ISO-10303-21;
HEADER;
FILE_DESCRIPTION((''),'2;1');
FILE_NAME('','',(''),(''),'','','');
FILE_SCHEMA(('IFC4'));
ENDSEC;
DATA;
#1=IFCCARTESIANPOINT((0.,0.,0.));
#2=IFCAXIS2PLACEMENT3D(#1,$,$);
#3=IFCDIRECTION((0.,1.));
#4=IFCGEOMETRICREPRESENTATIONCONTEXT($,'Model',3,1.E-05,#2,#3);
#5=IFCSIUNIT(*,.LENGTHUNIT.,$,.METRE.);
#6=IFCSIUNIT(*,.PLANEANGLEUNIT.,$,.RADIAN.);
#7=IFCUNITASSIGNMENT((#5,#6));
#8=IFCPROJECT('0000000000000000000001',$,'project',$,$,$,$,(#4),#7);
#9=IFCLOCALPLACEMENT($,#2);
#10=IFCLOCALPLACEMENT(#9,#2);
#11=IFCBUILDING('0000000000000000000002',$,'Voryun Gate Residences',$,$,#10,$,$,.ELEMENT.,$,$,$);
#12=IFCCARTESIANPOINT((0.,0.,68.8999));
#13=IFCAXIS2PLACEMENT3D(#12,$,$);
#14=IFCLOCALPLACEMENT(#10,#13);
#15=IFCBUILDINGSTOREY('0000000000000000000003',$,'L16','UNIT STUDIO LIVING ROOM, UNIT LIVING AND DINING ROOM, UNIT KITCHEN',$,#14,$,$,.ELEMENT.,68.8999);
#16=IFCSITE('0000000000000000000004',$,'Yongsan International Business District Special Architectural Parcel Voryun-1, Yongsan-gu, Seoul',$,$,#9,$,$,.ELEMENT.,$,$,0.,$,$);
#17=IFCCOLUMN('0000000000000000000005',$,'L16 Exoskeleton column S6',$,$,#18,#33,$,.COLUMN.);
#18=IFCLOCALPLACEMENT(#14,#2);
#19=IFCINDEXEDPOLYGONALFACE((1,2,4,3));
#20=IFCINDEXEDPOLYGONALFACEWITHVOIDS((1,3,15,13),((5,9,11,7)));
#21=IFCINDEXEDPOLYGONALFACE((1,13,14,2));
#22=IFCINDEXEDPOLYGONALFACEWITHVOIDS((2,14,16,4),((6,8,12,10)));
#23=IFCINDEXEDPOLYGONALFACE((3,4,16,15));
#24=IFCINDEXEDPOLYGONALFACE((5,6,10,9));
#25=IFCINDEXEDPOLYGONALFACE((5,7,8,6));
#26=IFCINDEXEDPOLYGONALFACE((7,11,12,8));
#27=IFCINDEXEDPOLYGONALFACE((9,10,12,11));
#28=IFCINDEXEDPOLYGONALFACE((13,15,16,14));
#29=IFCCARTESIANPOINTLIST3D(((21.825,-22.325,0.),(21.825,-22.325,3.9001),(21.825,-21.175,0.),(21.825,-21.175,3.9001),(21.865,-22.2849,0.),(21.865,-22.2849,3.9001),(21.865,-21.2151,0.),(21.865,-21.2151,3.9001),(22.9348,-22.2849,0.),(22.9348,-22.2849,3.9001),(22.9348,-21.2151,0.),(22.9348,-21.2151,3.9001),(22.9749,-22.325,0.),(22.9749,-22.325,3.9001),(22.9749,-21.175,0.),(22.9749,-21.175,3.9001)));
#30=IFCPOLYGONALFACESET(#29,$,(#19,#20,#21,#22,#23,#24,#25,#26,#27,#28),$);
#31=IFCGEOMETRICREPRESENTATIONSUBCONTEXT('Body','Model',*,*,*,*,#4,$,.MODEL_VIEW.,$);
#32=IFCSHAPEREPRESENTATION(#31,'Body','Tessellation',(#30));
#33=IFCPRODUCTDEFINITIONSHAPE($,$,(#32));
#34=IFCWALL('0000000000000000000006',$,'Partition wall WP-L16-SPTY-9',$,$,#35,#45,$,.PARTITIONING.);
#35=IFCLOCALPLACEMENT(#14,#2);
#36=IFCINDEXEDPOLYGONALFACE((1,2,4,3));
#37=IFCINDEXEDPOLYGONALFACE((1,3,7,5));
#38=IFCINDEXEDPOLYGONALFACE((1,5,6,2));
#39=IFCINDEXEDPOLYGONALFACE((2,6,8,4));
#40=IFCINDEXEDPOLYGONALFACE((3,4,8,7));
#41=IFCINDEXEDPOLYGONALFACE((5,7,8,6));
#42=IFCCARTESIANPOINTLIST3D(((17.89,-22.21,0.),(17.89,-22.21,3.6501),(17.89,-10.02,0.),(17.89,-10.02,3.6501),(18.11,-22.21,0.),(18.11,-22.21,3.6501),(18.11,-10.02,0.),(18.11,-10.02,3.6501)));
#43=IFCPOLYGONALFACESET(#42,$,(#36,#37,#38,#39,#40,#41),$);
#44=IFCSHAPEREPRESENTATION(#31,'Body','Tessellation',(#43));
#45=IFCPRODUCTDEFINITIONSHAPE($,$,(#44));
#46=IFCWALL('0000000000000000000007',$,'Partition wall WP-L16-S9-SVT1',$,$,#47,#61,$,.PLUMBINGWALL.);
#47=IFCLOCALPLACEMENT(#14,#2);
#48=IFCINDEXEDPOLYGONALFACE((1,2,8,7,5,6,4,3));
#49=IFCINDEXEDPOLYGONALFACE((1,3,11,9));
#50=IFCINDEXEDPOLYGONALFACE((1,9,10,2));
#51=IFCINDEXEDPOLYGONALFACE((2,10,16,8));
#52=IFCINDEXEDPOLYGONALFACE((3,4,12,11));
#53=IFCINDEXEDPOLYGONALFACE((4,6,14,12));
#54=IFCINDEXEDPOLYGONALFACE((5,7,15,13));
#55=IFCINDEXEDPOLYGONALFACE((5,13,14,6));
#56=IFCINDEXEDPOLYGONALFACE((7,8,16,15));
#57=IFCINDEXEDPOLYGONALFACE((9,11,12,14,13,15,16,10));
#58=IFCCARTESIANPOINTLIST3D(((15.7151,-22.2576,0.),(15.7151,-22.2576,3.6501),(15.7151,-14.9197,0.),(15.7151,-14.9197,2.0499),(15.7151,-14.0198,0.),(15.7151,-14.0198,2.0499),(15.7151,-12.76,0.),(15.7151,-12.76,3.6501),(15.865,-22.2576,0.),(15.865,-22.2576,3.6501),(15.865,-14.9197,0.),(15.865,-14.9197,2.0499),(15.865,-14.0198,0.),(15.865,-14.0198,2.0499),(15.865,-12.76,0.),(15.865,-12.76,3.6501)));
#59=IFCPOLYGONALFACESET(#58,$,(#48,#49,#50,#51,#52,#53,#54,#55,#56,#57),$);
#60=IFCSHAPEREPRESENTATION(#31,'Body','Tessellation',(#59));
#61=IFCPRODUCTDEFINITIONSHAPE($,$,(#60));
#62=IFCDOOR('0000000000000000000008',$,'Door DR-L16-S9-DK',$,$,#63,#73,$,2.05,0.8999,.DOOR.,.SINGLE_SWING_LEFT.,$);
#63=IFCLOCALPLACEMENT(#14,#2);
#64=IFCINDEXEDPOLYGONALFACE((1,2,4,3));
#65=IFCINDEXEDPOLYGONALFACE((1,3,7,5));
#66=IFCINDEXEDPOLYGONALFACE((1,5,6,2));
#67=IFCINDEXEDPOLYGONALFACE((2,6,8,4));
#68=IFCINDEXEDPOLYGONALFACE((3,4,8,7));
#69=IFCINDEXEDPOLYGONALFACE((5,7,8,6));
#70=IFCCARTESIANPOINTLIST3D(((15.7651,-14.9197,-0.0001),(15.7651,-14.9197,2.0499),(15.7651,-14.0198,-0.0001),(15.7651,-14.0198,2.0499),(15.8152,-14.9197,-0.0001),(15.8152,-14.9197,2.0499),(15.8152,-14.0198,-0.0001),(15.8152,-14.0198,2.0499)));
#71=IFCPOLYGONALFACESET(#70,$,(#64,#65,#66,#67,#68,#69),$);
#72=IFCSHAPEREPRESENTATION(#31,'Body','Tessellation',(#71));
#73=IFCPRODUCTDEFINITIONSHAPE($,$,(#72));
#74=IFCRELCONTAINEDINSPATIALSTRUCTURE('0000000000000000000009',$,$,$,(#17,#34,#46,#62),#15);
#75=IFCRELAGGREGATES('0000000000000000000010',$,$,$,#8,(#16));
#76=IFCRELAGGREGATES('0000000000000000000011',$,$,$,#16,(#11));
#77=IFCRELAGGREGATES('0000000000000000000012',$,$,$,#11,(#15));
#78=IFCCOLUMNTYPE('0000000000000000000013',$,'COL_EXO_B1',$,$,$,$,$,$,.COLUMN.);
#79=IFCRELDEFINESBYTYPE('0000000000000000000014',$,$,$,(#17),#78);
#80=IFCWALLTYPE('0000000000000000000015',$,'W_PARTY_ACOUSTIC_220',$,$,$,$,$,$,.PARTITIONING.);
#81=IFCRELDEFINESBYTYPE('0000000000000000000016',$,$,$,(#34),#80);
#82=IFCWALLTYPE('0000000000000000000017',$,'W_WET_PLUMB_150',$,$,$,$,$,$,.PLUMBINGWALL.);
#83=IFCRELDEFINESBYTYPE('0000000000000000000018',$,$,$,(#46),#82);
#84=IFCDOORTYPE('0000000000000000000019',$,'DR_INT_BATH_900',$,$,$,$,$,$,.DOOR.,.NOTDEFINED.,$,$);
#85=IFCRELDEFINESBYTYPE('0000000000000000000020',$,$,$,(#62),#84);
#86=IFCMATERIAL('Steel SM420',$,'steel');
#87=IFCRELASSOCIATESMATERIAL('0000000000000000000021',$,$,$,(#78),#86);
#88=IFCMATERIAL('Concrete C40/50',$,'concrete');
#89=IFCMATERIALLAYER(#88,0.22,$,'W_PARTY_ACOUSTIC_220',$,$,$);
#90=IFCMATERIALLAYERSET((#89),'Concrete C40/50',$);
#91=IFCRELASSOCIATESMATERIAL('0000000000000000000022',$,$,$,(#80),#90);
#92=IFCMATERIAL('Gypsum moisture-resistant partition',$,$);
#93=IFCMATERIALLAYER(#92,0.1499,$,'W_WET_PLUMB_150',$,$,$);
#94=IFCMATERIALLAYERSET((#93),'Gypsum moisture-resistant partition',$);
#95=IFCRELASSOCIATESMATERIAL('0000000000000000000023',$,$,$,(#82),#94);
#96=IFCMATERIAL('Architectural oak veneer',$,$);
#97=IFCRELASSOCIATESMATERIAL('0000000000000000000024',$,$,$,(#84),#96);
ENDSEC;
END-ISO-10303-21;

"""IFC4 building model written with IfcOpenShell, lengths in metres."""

from ifc_helpers import new_model, si_unit, direction, frame, frame_2d, origin, origin_2d, place, context, subcontext, project, spatial, rectangle, hollow_rectangle, extrude, material, layer, layer_set, material_profile, profile_set, type_object, element, fill, save


model = new_model("IFC4")

# Units and contexts
model_context = context("Model", 3, precision=1e-05, world=origin(), true_north=direction((0.0, 1.0)))
body_context = subcontext(model_context, "Body", "Model", "MODEL_VIEW")
ifc_project = project(units=[si_unit("LENGTHUNIT", "METRE"), si_unit("PLANEANGLEUNIT", "RADIAN")], contexts=[model_context])

# Site, building, storey
site_placement = place(None, origin())
site = spatial("IfcSite", under=ifc_project, at=site_placement, Name="Yongsan International Business District Special Architectural Parcel Voryun-1, Yongsan-gu, Seoul", CompositionType="ELEMENT", RefElevation=0.0)
building_placement = place(site_placement, origin())
building = spatial("IfcBuilding", under=site, at=building_placement, Name="Voryun Gate Residences", CompositionType="ELEMENT")
storey_placement = place(building_placement, frame((0.0, 0.0, 68.8999)))
storey = spatial("IfcBuildingStorey", under=building, at=storey_placement, Name="L16", Description="UNIT STUDIO LIVING ROOM, UNIT LIVING AND DINING ROOM, UNIT KITCHEN", CompositionType="ELEMENT", Elevation=68.8999)

# Column
ifc_material_1 = material(Name="Steel SM420", Category="steel")
ifc_material_profile = material_profile(ifc_material_1, hollow_rectangle(XDim=1.1499, YDim=1.1499, WallThickness=0.04, at=origin_2d()), Name="BOX-1150x1150x40")
ifc_profile_set = profile_set([ifc_material_profile], Name="Steel SM420")
column_type = type_object("IfcColumnType", Name="COL_EXO_B1", PredefinedType="COLUMN", material=ifc_profile_set)
column_placement = place(storey_placement, frame((22.3999, -21.75, 0.0), z_axis=(0.0, 0.0, 1.0), x_axis=(1.0, 0.0, 0.0)))
element("IfcColumn", 1, at=column_placement, inside=storey, type_object=column_type, Name="L16 Exoskeleton column S6", PredefinedType="COLUMN", context=body_context, shape_type="SweptSolid", body=[
    extrude(hollow_rectangle(XDim=1.1499, YDim=1.1499, WallThickness=0.04, at=origin_2d()), origin(), (0.0, 0.0, 1.0), 3.9001),
])

# Wall
ifc_material_2 = material(Name="Concrete C40/50", Category="concrete")
ifc_layer_1 = layer(ifc_material_2, 0.22, Name="W_PARTY_ACOUSTIC_220")
ifc_layer_set_1 = layer_set([ifc_layer_1], Name="Concrete C40/50")
wall_type_1 = type_object("IfcWallType", Name="W_PARTY_ACOUSTIC_220", PredefinedType="PARTITIONING", material=ifc_layer_set_1)
wall_1_placement = place(storey_placement, frame((18.0, -22.21, 0.0), z_axis=(0.0, 0.0, 1.0), x_axis=(0.0, 1.0, 0.0)))
element("IfcWall", 2, at=wall_1_placement, inside=storey, type_object=wall_type_1, Name="Partition wall WP-L16-SPTY-9", PredefinedType="PARTITIONING", context=body_context, shape_type="SweptSolid", body=[
    extrude(rectangle(XDim=12.1899, YDim=0.22, at=frame_2d((6.095, 0.0))), origin(), (0.0, 0.0, 1.0), 3.6501),
])

# Wall, opening, door
ifc_material_3 = material(Name="Gypsum moisture-resistant partition")
ifc_layer_2 = layer(ifc_material_3, 0.1499, Name="W_WET_PLUMB_150")
ifc_layer_set_2 = layer_set([ifc_layer_2], Name="Gypsum moisture-resistant partition")
wall_type_2 = type_object("IfcWallType", Name="W_WET_PLUMB_150", PredefinedType="PLUMBINGWALL", material=ifc_layer_set_2)
wall_2_placement = place(storey_placement, frame((15.79, -22.2576, 0.0), z_axis=(0.0, 0.0, 1.0), x_axis=(0.0, 1.0, 0.0)))
wall_2 = element("IfcWall", 3, at=wall_2_placement, inside=storey, type_object=wall_type_2, Name="Partition wall WP-L16-S9-SVT1", PredefinedType="PLUMBINGWALL", context=body_context, shape_type="SweptSolid", body=[
    extrude(rectangle(XDim=9.4976, YDim=0.1499, at=frame_2d((4.7488, 0.0))), origin(), (0.0, 0.0, 1.0), 3.6501),
])
opening_1_placement = place(wall_2_placement, frame((7.3379, 0.0, 0.0)))
opening_1 = element("IfcOpeningElement", 4, at=opening_1_placement, cuts=wall_2, PredefinedType="OPENING", context=body_context, shape_type="SweptSolid", body=[
    extrude(rectangle(XDim=0.8999, YDim=2.05, at=frame_2d((0.45, 1.0249))), frame((0.0, 0.085, 0.0), z_axis=(0.0, -1.0, 0.0), x_axis=(1.0, 0.0, 0.0)), (0.0, 0.0, 1.0), 0.1699),
])
ifc_material_4 = material(Name="Architectural oak veneer")
door_type = type_object("IfcDoorType", Name="DR_INT_BATH_900", OperationType="NOTDEFINED", PredefinedType="DOOR", material=ifc_material_4)
door_placement = place(opening_1_placement, origin())
door = element("IfcDoor", 5, at=door_placement, inside=storey, type_object=door_type, Name="Door DR-L16-S9-DK", OperationType="SINGLE_SWING_LEFT", OverallHeight=2.05, OverallWidth=0.8999, PredefinedType="DOOR", context=body_context, shape_type="SweptSolid", body=[
    extrude(rectangle(XDim=0.8999, YDim=2.05, at=frame_2d((0.45, 1.0249))), frame((0.0, 0.0249, 0.0), z_axis=(0.0, -1.0, 0.0), x_axis=(1.0, 0.0, 0.0)), (0.0, 0.0, 1.0), 0.05),
])
fill(opening_1, door)

save(model, "model.ifc")
